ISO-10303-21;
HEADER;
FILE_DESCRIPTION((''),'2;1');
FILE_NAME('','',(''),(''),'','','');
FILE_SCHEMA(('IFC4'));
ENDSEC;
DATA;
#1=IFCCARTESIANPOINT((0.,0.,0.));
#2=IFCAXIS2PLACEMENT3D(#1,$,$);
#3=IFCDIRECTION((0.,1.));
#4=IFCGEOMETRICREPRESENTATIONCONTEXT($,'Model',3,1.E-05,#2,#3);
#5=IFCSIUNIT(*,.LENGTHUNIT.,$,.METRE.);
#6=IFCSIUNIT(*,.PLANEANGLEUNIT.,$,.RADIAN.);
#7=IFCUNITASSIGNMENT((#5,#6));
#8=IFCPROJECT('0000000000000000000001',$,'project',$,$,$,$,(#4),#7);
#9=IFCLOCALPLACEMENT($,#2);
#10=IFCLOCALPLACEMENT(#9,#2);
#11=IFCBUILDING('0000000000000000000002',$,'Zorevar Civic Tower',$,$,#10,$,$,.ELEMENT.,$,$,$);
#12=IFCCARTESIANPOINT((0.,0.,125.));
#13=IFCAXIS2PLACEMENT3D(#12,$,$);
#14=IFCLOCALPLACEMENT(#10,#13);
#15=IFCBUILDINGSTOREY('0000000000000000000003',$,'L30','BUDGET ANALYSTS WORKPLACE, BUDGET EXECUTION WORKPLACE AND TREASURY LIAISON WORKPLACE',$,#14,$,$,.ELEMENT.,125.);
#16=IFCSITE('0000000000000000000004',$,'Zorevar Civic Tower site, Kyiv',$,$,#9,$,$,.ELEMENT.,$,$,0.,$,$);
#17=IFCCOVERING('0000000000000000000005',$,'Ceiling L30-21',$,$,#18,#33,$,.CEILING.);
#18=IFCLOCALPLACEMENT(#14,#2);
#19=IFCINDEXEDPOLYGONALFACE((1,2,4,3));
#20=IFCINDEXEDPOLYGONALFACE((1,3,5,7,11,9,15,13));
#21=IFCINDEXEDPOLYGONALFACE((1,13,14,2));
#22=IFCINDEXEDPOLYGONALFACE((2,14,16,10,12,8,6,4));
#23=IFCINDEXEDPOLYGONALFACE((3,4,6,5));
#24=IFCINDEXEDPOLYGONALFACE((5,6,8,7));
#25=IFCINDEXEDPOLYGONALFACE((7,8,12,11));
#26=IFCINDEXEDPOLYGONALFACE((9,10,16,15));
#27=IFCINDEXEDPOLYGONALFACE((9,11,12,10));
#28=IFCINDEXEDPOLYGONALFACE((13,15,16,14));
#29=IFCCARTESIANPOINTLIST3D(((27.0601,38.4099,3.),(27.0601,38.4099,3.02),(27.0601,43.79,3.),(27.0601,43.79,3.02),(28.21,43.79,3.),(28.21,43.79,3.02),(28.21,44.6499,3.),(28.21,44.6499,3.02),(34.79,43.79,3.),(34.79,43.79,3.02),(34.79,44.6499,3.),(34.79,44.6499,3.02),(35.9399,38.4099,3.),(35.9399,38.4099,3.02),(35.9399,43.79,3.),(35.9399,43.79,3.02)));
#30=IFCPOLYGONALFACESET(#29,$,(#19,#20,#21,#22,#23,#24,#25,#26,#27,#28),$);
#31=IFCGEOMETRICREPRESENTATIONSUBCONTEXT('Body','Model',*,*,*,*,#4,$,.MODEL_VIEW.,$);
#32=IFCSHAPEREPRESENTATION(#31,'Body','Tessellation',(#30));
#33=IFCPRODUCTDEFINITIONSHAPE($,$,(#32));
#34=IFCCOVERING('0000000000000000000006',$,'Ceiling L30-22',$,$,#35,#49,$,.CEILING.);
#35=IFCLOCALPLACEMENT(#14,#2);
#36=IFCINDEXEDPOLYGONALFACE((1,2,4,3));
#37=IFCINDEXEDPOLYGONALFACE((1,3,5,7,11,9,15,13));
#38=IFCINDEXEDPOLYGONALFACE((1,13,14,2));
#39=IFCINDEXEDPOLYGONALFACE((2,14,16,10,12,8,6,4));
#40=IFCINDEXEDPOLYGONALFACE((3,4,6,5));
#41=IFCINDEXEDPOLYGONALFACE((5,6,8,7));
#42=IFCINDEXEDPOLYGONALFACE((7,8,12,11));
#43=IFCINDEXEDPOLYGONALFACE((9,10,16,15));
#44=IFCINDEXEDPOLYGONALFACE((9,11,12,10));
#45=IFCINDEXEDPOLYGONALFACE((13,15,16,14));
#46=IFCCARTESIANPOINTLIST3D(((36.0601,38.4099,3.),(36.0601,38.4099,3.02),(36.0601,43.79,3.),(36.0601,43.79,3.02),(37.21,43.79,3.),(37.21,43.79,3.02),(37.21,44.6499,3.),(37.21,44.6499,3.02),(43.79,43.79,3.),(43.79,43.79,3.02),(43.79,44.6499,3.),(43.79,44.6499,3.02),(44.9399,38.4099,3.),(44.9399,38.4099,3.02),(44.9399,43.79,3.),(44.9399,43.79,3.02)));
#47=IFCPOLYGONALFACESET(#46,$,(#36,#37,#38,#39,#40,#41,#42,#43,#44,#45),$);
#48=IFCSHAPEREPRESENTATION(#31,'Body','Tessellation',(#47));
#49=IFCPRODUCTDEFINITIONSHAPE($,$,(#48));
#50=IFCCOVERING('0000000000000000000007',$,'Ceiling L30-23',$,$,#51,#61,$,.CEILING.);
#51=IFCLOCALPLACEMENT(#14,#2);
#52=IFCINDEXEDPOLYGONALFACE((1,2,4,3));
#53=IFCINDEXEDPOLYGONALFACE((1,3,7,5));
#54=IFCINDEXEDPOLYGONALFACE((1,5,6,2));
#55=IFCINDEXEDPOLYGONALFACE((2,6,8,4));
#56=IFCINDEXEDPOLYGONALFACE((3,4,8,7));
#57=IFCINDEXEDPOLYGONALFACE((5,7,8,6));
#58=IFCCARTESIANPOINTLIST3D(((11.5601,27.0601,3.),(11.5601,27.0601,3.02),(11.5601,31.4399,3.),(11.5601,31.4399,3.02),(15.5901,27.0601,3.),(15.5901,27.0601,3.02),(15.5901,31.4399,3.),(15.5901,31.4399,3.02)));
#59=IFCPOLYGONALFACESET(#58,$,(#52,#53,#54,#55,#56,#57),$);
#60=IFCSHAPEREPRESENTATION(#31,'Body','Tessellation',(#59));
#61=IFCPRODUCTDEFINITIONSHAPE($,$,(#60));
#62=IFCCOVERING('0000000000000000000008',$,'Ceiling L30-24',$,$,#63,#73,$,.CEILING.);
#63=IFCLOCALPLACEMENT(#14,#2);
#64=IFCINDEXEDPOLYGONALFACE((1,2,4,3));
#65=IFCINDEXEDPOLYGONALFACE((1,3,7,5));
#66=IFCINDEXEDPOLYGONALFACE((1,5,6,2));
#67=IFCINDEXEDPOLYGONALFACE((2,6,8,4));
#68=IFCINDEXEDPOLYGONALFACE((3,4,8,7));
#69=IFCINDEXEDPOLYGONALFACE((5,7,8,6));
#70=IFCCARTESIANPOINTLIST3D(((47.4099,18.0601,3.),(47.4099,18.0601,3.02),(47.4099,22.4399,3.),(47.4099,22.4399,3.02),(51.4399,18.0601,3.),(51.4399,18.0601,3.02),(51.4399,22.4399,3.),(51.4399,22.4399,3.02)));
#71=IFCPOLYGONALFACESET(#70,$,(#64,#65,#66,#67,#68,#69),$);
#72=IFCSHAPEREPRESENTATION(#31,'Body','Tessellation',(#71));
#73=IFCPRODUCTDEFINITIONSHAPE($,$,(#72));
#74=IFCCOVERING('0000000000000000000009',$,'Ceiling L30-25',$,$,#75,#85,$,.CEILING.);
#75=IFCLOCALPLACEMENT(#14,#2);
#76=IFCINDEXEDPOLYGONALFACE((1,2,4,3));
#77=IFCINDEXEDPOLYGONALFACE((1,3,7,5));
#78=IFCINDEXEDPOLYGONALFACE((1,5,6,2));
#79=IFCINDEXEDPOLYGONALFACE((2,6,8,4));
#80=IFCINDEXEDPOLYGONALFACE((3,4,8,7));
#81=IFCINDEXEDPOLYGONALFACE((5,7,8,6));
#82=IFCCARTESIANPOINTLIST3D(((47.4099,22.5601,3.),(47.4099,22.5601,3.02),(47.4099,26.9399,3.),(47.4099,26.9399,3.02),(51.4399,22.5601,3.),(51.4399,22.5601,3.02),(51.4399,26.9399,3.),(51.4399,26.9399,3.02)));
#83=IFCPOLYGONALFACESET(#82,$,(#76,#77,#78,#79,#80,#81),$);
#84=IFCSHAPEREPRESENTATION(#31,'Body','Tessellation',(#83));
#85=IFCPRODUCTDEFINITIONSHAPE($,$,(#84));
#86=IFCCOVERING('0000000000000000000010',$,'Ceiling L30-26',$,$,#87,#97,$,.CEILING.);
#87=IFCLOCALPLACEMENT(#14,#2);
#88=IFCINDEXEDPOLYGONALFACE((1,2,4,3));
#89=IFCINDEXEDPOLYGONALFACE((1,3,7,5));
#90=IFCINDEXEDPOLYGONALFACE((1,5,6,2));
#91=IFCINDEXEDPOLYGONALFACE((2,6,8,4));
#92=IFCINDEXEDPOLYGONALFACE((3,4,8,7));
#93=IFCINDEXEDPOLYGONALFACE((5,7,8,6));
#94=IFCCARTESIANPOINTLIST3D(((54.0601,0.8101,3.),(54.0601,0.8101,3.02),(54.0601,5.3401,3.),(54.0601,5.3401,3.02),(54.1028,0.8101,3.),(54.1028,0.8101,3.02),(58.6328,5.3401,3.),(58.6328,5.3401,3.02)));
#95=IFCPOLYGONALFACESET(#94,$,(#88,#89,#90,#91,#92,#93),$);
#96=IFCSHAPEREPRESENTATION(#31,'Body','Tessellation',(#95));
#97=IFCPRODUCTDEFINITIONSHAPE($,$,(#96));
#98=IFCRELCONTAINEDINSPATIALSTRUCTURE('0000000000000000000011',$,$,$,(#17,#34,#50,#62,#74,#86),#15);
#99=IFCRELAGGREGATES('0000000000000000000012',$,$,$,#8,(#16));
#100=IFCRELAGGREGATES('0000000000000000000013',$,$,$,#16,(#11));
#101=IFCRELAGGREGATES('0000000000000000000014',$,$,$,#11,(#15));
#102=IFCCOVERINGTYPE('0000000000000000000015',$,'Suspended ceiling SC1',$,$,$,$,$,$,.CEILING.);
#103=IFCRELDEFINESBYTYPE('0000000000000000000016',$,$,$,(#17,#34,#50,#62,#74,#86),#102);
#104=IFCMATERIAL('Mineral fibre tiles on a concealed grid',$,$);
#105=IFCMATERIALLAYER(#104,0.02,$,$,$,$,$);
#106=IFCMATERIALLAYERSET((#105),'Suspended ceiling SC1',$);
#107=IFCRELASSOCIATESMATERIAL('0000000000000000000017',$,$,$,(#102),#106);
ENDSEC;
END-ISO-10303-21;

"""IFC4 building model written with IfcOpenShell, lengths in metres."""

from ifc_helpers import new_model, si_unit, direction, frame, origin, place, context, subcontext, project, spatial, polyline, outline, extrude, material, layer, layer_set, type_object, element, save


model = new_model("IFC4")

# Units and contexts
model_context = context("Model", 3, precision=1e-05, world=origin(), true_north=direction((0.0, 1.0)))
body_context = subcontext(model_context, "Body", "Model", "MODEL_VIEW")
ifc_project = project(units=[si_unit("LENGTHUNIT", "METRE"), si_unit("PLANEANGLEUNIT", "RADIAN")], contexts=[model_context])

# Site, building, storey
site_placement = place(None, origin())
site = spatial("IfcSite", under=ifc_project, at=site_placement, Name="Zorevar Civic Tower site, Kyiv", CompositionType="ELEMENT", RefElevation=0.0)
building_placement = place(site_placement, origin())
building = spatial("IfcBuilding", under=site, at=building_placement, Name="Zorevar Civic Tower", CompositionType="ELEMENT")
storey_placement = place(building_placement, frame((0.0, 0.0, 125.0)))
storey = spatial("IfcBuildingStorey", under=building, at=storey_placement, Name="L30", Description="BUDGET ANALYSTS WORKPLACE, BUDGET EXECUTION WORKPLACE AND TREASURY LIAISON WORKPLACE", CompositionType="ELEMENT", Elevation=125.0)

# Coverings
ifc_material_1 = material(Name="Mineral fibre tiles on a concealed grid")
ifc_layer_1 = layer(ifc_material_1, 0.02)
ifc_layer_set_1 = layer_set([ifc_layer_1], Name="Suspended ceiling SC1")
covering_type_1 = type_object("IfcCoveringType", Name="Suspended ceiling SC1", PredefinedType="CEILING", material=ifc_layer_set_1)
covering_1_placement = place(storey_placement, frame((0.0, 0.0, 3.0)))
element("IfcCovering", 1, at=covering_1_placement, inside=storey, type_object=covering_type_1, Name="Ceiling L30-21", PredefinedType="CEILING", context=body_context, shape_type="SweptSolid", body=[
    extrude(outline(polyline([(28.21, 43.79), (28.21, 44.6499), (34.79, 44.6499), (34.79, 43.79), (35.9399, 43.79), (35.9399, 38.4099), (27.0601, 38.4099), (27.0601, 43.79), (28.21, 43.79)])), origin(), (0.0, 0.0, 1.0), 0.02),
])
covering_2_placement = place(storey_placement, frame((0.0, 0.0, 3.0)))
element("IfcCovering", 2, at=covering_2_placement, inside=storey, type_object=covering_type_1, Name="Ceiling L30-22", PredefinedType="CEILING", context=body_context, shape_type="SweptSolid", body=[
    extrude(outline(polyline([(37.21, 43.79), (37.21, 44.6499), (43.79, 44.6499), (43.79, 43.79), (44.9399, 43.79), (44.9399, 38.4099), (36.0601, 38.4099), (36.0601, 43.79), (37.21, 43.79)])), origin(), (0.0, 0.0, 1.0), 0.02),
])
covering_3_placement = place(storey_placement, frame((0.0, 0.0, 3.0)))
element("IfcCovering", 3, at=covering_3_placement, inside=storey, type_object=covering_type_1, Name="Ceiling L30-23", PredefinedType="CEILING", context=body_context, shape_type="SweptSolid", body=[
    extrude(outline(polyline([(11.5601, 31.4399), (15.5901, 31.4399), (15.5901, 27.0601), (11.5601, 27.0601), (11.5601, 31.4399)])), origin(), (0.0, 0.0, 1.0), 0.02),
])
covering_4_placement = place(storey_placement, frame((0.0, 0.0, 3.0)))
element("IfcCovering", 4, at=covering_4_placement, inside=storey, type_object=covering_type_1, Name="Ceiling L30-24", PredefinedType="CEILING", context=body_context, shape_type="SweptSolid", body=[
    extrude(outline(polyline([(51.4399, 18.0601), (47.4099, 18.0601), (47.4099, 22.4399), (51.4399, 22.4399), (51.4399, 18.0601)])), origin(), (0.0, 0.0, 1.0), 0.02),
])
covering_5_placement = place(storey_placement, frame((0.0, 0.0, 3.0)))
element("IfcCovering", 5, at=covering_5_placement, inside=storey, type_object=covering_type_1, Name="Ceiling L30-25", PredefinedType="CEILING", context=body_context, shape_type="SweptSolid", body=[
    extrude(outline(polyline([(51.4399, 26.9399), (51.4399, 22.5601), (47.4099, 22.5601), (47.4099, 26.9399), (51.4399, 26.9399)])), origin(), (0.0, 0.0, 1.0), 0.02),
])
covering_6_placement = place(storey_placement, frame((0.0, 0.0, 3.0)))
element("IfcCovering", 6, at=covering_6_placement, inside=storey, type_object=covering_type_1, Name="Ceiling L30-26", PredefinedType="CEILING", context=body_context, shape_type="SweptSolid", body=[
    extrude(outline(polyline([(54.0601, 0.8101), (54.0601, 5.3401), (58.6328, 5.3401), (54.1028, 0.8101), (54.0601, 0.8101)])), origin(), (0.0, 0.0, 1.0), 0.02),
])

save(model, "model.ifc")
